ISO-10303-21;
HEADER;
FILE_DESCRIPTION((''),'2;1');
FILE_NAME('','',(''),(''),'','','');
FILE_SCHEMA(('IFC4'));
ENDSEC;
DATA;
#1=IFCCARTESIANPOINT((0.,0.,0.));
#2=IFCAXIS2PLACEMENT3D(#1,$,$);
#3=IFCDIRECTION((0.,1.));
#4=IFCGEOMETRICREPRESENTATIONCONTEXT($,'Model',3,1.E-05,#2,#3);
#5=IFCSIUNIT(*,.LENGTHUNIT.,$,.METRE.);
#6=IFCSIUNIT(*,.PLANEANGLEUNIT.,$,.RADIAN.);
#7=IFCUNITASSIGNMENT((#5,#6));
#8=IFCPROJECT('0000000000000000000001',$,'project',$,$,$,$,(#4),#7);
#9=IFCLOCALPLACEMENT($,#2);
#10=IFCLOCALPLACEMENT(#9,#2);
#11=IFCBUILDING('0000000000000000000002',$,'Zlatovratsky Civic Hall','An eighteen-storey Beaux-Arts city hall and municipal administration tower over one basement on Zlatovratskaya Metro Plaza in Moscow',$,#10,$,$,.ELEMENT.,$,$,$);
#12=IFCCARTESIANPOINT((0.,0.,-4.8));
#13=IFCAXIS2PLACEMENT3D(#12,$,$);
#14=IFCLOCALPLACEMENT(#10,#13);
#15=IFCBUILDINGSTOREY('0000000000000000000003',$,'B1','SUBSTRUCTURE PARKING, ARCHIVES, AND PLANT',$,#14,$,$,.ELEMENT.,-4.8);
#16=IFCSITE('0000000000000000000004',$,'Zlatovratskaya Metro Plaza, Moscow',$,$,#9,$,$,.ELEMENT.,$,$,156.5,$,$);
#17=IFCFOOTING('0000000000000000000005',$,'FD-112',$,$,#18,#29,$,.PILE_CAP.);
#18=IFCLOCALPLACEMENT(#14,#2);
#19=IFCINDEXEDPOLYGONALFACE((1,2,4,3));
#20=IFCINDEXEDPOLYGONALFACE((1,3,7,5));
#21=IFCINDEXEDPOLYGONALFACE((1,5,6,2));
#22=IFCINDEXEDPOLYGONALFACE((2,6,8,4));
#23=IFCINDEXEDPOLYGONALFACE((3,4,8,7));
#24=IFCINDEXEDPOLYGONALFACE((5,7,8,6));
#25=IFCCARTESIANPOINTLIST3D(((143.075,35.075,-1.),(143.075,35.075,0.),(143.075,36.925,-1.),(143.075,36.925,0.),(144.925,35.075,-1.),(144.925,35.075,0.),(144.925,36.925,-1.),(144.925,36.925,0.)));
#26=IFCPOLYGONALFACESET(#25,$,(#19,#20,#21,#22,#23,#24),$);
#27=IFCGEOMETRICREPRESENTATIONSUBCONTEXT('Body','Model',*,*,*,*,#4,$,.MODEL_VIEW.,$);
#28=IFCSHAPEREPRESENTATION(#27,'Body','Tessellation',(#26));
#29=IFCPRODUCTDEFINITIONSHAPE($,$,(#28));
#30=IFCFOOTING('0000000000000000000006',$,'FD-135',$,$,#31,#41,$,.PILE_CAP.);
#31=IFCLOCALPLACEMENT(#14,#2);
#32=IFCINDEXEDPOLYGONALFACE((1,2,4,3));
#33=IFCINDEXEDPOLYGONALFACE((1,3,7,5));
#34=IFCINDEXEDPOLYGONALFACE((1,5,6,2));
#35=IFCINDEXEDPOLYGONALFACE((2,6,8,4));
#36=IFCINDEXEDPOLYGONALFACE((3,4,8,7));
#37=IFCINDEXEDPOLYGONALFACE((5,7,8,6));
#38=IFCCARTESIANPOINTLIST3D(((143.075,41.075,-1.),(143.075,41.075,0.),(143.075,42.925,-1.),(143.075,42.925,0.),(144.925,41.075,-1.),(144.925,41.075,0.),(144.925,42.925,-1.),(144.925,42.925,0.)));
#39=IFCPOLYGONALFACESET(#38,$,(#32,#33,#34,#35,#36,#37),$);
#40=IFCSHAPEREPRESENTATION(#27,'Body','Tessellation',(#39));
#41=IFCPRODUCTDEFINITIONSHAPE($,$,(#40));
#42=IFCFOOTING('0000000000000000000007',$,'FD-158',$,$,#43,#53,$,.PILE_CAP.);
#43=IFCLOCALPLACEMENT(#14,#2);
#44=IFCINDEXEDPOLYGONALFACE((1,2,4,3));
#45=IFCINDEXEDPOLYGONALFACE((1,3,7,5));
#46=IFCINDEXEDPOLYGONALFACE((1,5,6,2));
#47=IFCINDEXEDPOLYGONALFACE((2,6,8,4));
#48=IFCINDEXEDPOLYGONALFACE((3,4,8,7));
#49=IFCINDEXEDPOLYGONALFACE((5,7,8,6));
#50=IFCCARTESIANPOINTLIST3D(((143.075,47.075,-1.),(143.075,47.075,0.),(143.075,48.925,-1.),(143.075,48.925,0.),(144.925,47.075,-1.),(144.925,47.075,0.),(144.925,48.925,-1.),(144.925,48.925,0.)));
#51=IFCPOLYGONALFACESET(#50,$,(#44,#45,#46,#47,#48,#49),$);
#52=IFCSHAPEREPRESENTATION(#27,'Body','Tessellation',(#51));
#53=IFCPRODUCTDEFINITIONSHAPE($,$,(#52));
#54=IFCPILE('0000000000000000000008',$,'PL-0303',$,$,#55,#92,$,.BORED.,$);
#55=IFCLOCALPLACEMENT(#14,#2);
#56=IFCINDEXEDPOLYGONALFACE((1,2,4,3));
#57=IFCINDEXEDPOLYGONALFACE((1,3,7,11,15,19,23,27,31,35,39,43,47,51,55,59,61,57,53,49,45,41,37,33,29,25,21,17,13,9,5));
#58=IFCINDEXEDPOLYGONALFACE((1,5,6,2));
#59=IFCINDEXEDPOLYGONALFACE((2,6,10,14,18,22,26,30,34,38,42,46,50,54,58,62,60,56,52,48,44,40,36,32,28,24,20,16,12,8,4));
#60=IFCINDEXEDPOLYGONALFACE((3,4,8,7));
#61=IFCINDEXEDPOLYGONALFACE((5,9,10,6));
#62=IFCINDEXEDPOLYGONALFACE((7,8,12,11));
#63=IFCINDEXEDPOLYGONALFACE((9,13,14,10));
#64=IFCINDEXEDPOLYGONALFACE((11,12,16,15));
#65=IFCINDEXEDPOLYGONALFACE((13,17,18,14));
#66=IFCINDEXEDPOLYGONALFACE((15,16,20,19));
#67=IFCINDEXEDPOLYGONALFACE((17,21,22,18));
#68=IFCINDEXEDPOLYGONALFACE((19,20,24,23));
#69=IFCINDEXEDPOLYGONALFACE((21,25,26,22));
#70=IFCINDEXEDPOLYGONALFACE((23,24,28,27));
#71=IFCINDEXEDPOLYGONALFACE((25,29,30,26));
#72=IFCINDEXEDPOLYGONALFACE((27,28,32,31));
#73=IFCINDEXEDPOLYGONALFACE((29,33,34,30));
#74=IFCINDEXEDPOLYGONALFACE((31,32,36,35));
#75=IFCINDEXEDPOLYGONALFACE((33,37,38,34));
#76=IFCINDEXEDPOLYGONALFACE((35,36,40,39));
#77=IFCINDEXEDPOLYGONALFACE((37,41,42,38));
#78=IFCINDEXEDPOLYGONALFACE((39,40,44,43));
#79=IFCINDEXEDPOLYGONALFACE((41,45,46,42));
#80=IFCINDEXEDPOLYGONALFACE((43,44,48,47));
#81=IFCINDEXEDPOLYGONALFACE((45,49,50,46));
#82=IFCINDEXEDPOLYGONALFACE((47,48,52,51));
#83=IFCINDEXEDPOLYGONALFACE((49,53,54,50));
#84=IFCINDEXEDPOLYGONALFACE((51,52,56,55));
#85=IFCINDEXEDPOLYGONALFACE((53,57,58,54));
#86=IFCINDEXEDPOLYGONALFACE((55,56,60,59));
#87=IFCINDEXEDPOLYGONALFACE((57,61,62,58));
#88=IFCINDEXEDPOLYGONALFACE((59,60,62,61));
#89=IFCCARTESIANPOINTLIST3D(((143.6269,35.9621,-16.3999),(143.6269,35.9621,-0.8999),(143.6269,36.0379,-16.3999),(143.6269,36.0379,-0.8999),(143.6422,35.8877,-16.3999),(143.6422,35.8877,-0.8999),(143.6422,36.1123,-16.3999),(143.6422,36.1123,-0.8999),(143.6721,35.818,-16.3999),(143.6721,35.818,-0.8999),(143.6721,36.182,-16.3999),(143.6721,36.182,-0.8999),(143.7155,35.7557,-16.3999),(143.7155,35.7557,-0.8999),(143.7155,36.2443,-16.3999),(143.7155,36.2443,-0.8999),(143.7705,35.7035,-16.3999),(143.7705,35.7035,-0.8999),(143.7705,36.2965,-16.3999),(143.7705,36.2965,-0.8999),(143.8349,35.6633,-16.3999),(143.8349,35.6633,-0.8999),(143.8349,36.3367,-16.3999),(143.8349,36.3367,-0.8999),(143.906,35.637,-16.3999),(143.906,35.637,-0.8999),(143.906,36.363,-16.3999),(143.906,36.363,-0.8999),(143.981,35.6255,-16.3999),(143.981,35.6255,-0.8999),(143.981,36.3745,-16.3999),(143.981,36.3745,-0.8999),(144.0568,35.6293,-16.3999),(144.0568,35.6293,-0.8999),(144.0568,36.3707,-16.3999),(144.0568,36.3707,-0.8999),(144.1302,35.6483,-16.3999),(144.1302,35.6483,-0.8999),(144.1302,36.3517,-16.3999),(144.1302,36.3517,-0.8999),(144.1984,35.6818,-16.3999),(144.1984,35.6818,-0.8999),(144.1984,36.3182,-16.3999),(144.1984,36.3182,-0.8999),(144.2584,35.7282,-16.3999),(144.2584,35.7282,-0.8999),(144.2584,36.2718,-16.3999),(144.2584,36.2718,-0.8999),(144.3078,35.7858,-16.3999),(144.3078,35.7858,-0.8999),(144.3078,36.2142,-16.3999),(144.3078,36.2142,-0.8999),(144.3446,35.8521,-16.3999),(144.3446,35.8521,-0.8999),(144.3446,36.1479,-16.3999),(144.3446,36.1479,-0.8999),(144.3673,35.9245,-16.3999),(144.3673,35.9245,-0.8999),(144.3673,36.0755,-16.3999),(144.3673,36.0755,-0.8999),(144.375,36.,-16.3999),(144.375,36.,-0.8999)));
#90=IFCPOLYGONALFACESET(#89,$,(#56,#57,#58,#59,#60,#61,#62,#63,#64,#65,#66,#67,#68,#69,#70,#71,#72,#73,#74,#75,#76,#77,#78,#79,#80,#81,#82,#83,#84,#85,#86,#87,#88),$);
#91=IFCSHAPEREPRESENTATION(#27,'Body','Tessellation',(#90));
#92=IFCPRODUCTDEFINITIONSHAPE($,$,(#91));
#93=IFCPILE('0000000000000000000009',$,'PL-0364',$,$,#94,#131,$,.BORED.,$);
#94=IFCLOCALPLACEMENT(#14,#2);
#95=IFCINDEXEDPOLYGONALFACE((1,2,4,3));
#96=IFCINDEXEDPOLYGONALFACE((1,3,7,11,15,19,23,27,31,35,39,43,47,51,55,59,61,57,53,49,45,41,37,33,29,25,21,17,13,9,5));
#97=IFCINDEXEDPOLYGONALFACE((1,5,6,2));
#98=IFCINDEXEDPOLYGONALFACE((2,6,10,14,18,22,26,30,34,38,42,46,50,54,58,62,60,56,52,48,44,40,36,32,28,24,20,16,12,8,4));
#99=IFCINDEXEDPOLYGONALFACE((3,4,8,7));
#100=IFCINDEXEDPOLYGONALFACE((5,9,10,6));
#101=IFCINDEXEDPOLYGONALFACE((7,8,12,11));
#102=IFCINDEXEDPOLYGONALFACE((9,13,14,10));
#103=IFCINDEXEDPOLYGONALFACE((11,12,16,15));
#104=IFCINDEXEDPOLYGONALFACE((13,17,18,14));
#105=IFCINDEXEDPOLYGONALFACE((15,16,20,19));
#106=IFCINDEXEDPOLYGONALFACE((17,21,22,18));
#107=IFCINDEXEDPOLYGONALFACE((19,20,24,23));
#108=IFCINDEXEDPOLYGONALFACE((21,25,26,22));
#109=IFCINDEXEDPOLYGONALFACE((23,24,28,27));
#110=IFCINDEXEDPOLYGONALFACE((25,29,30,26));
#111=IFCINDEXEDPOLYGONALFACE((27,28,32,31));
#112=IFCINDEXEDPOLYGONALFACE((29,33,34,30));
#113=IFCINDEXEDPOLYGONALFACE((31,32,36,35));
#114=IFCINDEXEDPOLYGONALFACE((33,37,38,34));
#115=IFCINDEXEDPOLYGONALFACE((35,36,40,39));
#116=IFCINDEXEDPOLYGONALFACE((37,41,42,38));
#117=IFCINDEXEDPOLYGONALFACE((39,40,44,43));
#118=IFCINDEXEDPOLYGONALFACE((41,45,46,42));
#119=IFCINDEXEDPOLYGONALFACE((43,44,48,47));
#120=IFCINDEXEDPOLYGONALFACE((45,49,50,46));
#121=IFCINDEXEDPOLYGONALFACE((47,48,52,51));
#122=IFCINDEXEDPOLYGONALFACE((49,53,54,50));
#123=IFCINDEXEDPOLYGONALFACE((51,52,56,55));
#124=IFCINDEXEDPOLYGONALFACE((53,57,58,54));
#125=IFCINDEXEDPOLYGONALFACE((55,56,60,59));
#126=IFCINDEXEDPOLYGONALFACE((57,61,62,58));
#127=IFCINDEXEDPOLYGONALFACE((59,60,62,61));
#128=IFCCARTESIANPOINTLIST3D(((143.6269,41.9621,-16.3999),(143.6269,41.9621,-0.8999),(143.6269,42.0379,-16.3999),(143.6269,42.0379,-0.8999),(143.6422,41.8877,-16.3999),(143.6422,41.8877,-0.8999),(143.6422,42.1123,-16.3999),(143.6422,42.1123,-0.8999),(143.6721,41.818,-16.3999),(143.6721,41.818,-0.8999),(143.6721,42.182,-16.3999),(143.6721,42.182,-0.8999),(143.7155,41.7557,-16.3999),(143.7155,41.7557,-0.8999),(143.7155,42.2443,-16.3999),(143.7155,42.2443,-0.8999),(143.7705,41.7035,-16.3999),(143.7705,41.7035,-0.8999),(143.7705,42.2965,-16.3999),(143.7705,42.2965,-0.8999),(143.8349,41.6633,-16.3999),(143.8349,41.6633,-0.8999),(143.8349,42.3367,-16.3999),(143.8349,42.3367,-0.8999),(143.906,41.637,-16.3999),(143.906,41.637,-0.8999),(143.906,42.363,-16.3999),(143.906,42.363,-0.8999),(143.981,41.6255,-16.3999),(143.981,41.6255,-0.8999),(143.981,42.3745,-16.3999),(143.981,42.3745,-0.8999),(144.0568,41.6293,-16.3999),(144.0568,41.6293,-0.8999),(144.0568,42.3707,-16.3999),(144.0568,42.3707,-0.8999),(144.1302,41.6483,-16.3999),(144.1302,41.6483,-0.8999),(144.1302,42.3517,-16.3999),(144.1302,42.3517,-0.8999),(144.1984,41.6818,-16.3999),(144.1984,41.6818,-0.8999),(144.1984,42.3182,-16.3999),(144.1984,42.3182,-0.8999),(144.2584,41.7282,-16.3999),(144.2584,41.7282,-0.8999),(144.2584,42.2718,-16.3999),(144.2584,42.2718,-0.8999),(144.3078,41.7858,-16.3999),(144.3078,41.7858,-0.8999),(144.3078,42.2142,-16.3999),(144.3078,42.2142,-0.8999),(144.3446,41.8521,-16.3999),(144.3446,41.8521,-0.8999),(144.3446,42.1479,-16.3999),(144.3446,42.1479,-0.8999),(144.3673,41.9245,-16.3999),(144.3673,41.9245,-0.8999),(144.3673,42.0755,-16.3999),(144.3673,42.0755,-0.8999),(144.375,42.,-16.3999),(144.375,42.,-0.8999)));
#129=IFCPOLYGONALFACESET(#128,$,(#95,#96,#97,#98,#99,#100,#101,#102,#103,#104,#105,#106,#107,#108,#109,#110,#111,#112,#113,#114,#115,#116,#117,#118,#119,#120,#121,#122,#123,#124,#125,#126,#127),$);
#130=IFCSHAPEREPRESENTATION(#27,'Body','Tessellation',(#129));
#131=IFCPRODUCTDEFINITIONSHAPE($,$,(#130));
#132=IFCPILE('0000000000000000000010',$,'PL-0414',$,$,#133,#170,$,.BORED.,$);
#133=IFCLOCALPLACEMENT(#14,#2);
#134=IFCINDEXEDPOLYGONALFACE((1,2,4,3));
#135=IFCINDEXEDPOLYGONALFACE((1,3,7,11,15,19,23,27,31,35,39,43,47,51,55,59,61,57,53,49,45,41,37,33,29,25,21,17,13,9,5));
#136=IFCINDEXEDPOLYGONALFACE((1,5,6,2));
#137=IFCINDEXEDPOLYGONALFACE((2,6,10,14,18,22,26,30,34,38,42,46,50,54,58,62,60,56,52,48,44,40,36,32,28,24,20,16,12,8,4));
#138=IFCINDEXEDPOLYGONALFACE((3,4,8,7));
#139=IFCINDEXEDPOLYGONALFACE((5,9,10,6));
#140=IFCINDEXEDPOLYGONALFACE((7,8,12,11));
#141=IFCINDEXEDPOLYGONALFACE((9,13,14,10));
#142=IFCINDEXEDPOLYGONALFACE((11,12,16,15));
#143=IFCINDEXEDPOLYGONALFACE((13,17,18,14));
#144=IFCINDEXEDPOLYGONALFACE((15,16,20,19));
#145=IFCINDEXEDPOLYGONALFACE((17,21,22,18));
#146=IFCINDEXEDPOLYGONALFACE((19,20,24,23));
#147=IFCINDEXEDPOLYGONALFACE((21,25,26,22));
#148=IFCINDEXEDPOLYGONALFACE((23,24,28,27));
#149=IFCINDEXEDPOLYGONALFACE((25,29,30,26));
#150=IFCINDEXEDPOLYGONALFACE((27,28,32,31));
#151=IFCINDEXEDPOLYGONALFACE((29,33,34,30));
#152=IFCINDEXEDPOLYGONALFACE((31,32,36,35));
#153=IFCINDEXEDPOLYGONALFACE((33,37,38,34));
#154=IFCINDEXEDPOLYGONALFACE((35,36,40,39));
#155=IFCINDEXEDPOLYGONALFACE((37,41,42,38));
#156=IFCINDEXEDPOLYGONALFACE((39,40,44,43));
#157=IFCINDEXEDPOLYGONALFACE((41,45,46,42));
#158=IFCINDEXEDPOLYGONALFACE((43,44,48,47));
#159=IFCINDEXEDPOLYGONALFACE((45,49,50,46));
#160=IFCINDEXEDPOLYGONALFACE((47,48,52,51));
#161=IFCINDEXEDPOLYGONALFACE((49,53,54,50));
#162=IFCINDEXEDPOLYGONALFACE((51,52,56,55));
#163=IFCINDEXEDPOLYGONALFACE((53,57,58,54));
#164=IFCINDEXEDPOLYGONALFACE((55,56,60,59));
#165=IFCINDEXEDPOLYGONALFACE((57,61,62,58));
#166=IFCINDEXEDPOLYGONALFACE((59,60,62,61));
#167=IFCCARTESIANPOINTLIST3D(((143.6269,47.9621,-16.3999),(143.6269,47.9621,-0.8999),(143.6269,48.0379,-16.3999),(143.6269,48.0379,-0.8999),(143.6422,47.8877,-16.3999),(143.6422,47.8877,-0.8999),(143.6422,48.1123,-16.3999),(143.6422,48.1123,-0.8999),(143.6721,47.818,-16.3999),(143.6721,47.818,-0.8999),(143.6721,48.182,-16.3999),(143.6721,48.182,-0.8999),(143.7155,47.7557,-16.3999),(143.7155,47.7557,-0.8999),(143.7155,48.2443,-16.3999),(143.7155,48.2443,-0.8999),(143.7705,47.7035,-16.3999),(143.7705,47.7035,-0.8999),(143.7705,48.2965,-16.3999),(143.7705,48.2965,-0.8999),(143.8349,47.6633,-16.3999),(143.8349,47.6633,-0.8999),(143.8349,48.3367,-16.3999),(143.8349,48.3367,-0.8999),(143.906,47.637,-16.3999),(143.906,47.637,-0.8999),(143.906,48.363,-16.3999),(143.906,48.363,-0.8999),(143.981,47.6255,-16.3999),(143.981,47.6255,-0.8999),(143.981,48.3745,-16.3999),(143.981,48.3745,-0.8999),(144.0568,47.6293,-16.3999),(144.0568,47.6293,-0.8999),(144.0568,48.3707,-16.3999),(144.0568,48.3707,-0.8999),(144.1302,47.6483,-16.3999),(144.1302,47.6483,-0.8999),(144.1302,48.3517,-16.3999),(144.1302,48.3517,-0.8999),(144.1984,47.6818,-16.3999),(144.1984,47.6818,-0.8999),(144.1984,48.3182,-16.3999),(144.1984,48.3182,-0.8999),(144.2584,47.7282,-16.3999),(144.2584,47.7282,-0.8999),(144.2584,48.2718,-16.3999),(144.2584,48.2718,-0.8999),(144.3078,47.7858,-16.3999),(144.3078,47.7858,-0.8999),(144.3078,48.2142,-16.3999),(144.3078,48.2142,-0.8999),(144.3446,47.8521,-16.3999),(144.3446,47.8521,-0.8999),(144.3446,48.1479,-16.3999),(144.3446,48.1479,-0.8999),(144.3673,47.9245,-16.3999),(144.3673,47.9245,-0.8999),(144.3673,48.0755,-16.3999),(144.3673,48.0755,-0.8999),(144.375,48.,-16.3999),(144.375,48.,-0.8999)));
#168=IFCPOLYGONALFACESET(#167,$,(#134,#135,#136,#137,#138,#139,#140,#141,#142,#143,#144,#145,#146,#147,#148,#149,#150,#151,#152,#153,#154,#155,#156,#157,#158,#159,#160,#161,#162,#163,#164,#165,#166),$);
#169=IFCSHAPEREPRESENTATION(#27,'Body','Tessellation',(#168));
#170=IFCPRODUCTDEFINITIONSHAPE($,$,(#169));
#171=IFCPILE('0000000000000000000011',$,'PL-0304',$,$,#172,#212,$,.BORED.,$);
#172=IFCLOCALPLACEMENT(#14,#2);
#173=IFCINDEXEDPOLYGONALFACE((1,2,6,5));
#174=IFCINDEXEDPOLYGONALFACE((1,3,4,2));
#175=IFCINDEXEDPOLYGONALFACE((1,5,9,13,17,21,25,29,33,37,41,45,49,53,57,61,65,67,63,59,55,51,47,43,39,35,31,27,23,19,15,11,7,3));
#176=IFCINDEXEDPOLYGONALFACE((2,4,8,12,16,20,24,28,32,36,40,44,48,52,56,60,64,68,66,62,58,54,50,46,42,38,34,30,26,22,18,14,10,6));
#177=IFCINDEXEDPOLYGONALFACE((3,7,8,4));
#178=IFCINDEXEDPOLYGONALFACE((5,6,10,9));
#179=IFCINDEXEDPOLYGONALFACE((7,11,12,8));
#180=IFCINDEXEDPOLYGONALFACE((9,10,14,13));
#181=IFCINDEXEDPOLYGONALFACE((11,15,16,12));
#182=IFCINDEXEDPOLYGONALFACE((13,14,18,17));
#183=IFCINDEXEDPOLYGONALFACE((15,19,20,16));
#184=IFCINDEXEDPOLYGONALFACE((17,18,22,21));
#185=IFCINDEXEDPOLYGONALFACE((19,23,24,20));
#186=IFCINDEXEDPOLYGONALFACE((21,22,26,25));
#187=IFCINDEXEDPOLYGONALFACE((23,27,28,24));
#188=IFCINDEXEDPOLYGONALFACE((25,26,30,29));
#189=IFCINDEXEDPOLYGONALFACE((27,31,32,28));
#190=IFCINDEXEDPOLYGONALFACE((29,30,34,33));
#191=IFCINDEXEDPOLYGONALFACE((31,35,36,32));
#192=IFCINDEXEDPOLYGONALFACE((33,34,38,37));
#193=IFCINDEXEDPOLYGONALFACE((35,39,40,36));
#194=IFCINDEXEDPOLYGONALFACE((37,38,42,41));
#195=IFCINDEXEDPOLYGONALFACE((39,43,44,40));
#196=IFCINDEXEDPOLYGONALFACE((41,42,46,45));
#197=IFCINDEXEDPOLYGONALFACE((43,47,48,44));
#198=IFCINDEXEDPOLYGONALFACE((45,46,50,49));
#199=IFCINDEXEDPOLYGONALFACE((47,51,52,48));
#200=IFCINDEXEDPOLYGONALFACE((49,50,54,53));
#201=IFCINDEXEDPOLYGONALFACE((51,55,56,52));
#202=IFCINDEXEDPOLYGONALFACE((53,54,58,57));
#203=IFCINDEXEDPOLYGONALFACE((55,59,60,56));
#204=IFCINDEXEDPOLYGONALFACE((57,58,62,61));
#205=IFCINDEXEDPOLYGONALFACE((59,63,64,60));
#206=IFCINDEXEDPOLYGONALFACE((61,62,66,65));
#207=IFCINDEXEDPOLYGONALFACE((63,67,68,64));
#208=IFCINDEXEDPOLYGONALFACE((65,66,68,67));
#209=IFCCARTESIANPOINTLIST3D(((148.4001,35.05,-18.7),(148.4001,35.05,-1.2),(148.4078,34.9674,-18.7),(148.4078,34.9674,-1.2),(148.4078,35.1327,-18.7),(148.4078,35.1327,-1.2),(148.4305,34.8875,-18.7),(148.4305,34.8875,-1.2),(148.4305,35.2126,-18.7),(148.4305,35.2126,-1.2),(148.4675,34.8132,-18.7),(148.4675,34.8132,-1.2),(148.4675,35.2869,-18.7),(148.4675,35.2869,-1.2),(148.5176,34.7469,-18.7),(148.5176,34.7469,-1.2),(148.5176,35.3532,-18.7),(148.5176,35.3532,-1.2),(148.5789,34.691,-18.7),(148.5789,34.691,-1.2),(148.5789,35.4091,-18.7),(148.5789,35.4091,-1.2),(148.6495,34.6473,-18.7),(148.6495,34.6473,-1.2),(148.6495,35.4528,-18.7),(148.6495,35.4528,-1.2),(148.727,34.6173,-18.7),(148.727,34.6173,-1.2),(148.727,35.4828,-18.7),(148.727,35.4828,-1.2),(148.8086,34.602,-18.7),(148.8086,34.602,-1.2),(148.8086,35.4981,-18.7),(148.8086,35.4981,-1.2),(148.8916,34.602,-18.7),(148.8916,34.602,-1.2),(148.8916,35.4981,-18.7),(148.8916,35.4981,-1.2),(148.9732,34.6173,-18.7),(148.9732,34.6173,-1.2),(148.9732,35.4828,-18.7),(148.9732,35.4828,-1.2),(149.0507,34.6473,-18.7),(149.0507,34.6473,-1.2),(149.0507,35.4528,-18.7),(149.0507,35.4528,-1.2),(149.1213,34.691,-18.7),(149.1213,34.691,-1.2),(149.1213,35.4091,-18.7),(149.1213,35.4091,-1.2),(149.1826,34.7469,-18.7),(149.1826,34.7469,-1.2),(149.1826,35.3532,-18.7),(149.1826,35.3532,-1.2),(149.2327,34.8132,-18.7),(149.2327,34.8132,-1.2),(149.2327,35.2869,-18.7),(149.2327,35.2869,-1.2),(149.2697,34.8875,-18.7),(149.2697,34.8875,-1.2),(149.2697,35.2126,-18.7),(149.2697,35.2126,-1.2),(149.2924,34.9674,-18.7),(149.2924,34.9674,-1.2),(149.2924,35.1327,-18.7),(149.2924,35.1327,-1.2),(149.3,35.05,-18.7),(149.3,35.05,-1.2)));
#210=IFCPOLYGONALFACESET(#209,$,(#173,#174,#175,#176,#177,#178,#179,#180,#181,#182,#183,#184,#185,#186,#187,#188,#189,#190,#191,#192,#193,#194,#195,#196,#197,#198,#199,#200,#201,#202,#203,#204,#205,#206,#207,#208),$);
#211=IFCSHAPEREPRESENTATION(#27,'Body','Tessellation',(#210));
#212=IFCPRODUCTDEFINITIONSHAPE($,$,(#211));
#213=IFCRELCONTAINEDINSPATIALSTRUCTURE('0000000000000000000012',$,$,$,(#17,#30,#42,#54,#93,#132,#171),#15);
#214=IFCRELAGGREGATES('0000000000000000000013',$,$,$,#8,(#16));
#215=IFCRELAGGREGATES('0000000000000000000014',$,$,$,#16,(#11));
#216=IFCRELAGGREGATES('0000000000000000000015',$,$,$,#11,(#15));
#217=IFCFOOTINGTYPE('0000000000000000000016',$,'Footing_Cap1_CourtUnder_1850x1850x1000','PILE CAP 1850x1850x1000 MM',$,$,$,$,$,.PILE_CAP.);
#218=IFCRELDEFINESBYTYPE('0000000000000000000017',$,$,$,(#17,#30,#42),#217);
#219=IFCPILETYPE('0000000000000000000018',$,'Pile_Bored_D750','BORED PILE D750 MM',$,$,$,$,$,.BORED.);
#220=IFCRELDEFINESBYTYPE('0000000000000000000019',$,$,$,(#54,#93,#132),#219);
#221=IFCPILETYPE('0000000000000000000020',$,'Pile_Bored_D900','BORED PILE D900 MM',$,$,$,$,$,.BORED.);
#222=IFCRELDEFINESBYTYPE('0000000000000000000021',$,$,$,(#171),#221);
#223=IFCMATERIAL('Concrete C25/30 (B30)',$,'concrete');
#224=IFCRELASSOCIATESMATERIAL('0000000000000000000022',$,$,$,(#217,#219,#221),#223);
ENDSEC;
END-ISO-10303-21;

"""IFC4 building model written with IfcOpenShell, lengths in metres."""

from ifc_helpers import new_model, si_unit, direction, frame, origin, origin_2d, place, context, subcontext, project, spatial, rectangle, circle, extrude, material, material_profile, profile_set, type_object, element, save


model = new_model("IFC4")

# Units and contexts
model_context = context("Model", 3, precision=1e-05, world=origin(), true_north=direction((0.0, 1.0)))
body_context = subcontext(model_context, "Body", "Model", "MODEL_VIEW")
ifc_project = project(units=[si_unit("LENGTHUNIT", "METRE"), si_unit("PLANEANGLEUNIT", "RADIAN")], contexts=[model_context])

# Site, building, storey
site_placement = place(None, origin())
site = spatial("IfcSite", under=ifc_project, at=site_placement, Name="Zlatovratskaya Metro Plaza, Moscow", CompositionType="ELEMENT", RefElevation=156.5)
building_placement = place(site_placement, origin())
building = spatial("IfcBuilding", under=site, at=building_placement, Name="Zlatovratsky Civic Hall", Description="An eighteen-storey Beaux-Arts city hall and municipal administration tower over one basement on Zlatovratskaya Metro Plaza in Moscow", CompositionType="ELEMENT")
storey_placement = place(building_placement, frame((0.0, 0.0, -4.8)))
storey = spatial("IfcBuildingStorey", under=building, at=storey_placement, Name="B1", Description="SUBSTRUCTURE PARKING, ARCHIVES, AND PLANT", CompositionType="ELEMENT", Elevation=-4.8)

# Footings
ifc_material_1 = material(Name="Concrete C25/30 (B30)", Category="concrete")
footing_type = type_object("IfcFootingType", Name="Footing_Cap1_CourtUnder_1850x1850x1000", Description="PILE CAP 1850x1850x1000 MM", PredefinedType="PILE_CAP", material=ifc_material_1)
for number, where, z_axis, x_axis, name in (
    (1, (144.0, 36.0, -1.0), (0.0, 0.0, 1.0), (1.0, 0.0, 0.0), "FD-112"),
    (2, (144.0, 42.0, -1.0), (0.0, 0.0, 1.0), (1.0, 0.0, 0.0), "FD-135"),
    (3, (144.0, 48.0, -1.0), (0.0, 0.0, 1.0), (1.0, 0.0, 0.0), "FD-158"),
):
    element("IfcFooting", number, at=place(storey_placement, frame(where, z_axis=z_axis, x_axis=x_axis)), inside=storey, type_object=footing_type, Name=name, PredefinedType="PILE_CAP", context=body_context, shape_type="SweptSolid", body=[
        extrude(rectangle(XDim=1.8501, YDim=1.8501, at=origin_2d()), origin(), (0.0, 0.0, 1.0), 1.0),
    ])

# Piles
ifc_material_profile_1 = material_profile(ifc_material_1, circle(Radius=0.375, at=origin_2d()), Name="PILE D750")
ifc_profile_set_1 = profile_set([ifc_material_profile_1], Name="Concrete C25/30 (B30)")
pile_type_1 = type_object("IfcPileType", Name="Pile_Bored_D750", Description="BORED PILE D750 MM", PredefinedType="BORED", material=ifc_profile_set_1)
for number, where, z_axis, x_axis, name in (
    (4, (144.0, 36.0, -0.8999), (0.0, 0.0, -1.0), (1.0, 0.0, 0.0), "PL-0303"),
    (5, (144.0, 42.0, -0.8999), (0.0, 0.0, -1.0), (1.0, 0.0, 0.0), "PL-0364"),
    (6, (144.0, 48.0, -0.8999), (0.0, 0.0, -1.0), (1.0, 0.0, 0.0), "PL-0414"),
):
    element("IfcPile", number, at=place(storey_placement, frame(where, z_axis=z_axis, x_axis=x_axis)), inside=storey, type_object=pile_type_1, Name=name, PredefinedType="BORED", context=body_context, shape_type="SweptSolid", body=[
        extrude(circle(Radius=0.375, at=origin_2d()), origin(), (0.0, 0.0, 1.0), 15.5),
    ])
ifc_material_profile_2 = material_profile(ifc_material_1, circle(Radius=0.45, at=origin_2d()), Name="PILE D900")
ifc_profile_set_2 = profile_set([ifc_material_profile_2], Name="Concrete C25/30 (B30)")
pile_type_2 = type_object("IfcPileType", Name="Pile_Bored_D900", Description="BORED PILE D900 MM", PredefinedType="BORED", material=ifc_profile_set_2)
for number, where, z_axis, x_axis, name in (
    (7, (148.8501, 35.05, -1.2), (0.0, 0.0, -1.0), (1.0, 0.0, 0.0), "PL-0304"),
):
    element("IfcPile", number, at=place(storey_placement, frame(where, z_axis=z_axis, x_axis=x_axis)), inside=storey, type_object=pile_type_2, Name=name, PredefinedType="BORED", context=body_context, shape_type="SweptSolid", body=[
        extrude(circle(Radius=0.45, at=origin_2d()), origin(), (0.0, 0.0, 1.0), 17.5),
    ])

save(model, "model.ifc")
